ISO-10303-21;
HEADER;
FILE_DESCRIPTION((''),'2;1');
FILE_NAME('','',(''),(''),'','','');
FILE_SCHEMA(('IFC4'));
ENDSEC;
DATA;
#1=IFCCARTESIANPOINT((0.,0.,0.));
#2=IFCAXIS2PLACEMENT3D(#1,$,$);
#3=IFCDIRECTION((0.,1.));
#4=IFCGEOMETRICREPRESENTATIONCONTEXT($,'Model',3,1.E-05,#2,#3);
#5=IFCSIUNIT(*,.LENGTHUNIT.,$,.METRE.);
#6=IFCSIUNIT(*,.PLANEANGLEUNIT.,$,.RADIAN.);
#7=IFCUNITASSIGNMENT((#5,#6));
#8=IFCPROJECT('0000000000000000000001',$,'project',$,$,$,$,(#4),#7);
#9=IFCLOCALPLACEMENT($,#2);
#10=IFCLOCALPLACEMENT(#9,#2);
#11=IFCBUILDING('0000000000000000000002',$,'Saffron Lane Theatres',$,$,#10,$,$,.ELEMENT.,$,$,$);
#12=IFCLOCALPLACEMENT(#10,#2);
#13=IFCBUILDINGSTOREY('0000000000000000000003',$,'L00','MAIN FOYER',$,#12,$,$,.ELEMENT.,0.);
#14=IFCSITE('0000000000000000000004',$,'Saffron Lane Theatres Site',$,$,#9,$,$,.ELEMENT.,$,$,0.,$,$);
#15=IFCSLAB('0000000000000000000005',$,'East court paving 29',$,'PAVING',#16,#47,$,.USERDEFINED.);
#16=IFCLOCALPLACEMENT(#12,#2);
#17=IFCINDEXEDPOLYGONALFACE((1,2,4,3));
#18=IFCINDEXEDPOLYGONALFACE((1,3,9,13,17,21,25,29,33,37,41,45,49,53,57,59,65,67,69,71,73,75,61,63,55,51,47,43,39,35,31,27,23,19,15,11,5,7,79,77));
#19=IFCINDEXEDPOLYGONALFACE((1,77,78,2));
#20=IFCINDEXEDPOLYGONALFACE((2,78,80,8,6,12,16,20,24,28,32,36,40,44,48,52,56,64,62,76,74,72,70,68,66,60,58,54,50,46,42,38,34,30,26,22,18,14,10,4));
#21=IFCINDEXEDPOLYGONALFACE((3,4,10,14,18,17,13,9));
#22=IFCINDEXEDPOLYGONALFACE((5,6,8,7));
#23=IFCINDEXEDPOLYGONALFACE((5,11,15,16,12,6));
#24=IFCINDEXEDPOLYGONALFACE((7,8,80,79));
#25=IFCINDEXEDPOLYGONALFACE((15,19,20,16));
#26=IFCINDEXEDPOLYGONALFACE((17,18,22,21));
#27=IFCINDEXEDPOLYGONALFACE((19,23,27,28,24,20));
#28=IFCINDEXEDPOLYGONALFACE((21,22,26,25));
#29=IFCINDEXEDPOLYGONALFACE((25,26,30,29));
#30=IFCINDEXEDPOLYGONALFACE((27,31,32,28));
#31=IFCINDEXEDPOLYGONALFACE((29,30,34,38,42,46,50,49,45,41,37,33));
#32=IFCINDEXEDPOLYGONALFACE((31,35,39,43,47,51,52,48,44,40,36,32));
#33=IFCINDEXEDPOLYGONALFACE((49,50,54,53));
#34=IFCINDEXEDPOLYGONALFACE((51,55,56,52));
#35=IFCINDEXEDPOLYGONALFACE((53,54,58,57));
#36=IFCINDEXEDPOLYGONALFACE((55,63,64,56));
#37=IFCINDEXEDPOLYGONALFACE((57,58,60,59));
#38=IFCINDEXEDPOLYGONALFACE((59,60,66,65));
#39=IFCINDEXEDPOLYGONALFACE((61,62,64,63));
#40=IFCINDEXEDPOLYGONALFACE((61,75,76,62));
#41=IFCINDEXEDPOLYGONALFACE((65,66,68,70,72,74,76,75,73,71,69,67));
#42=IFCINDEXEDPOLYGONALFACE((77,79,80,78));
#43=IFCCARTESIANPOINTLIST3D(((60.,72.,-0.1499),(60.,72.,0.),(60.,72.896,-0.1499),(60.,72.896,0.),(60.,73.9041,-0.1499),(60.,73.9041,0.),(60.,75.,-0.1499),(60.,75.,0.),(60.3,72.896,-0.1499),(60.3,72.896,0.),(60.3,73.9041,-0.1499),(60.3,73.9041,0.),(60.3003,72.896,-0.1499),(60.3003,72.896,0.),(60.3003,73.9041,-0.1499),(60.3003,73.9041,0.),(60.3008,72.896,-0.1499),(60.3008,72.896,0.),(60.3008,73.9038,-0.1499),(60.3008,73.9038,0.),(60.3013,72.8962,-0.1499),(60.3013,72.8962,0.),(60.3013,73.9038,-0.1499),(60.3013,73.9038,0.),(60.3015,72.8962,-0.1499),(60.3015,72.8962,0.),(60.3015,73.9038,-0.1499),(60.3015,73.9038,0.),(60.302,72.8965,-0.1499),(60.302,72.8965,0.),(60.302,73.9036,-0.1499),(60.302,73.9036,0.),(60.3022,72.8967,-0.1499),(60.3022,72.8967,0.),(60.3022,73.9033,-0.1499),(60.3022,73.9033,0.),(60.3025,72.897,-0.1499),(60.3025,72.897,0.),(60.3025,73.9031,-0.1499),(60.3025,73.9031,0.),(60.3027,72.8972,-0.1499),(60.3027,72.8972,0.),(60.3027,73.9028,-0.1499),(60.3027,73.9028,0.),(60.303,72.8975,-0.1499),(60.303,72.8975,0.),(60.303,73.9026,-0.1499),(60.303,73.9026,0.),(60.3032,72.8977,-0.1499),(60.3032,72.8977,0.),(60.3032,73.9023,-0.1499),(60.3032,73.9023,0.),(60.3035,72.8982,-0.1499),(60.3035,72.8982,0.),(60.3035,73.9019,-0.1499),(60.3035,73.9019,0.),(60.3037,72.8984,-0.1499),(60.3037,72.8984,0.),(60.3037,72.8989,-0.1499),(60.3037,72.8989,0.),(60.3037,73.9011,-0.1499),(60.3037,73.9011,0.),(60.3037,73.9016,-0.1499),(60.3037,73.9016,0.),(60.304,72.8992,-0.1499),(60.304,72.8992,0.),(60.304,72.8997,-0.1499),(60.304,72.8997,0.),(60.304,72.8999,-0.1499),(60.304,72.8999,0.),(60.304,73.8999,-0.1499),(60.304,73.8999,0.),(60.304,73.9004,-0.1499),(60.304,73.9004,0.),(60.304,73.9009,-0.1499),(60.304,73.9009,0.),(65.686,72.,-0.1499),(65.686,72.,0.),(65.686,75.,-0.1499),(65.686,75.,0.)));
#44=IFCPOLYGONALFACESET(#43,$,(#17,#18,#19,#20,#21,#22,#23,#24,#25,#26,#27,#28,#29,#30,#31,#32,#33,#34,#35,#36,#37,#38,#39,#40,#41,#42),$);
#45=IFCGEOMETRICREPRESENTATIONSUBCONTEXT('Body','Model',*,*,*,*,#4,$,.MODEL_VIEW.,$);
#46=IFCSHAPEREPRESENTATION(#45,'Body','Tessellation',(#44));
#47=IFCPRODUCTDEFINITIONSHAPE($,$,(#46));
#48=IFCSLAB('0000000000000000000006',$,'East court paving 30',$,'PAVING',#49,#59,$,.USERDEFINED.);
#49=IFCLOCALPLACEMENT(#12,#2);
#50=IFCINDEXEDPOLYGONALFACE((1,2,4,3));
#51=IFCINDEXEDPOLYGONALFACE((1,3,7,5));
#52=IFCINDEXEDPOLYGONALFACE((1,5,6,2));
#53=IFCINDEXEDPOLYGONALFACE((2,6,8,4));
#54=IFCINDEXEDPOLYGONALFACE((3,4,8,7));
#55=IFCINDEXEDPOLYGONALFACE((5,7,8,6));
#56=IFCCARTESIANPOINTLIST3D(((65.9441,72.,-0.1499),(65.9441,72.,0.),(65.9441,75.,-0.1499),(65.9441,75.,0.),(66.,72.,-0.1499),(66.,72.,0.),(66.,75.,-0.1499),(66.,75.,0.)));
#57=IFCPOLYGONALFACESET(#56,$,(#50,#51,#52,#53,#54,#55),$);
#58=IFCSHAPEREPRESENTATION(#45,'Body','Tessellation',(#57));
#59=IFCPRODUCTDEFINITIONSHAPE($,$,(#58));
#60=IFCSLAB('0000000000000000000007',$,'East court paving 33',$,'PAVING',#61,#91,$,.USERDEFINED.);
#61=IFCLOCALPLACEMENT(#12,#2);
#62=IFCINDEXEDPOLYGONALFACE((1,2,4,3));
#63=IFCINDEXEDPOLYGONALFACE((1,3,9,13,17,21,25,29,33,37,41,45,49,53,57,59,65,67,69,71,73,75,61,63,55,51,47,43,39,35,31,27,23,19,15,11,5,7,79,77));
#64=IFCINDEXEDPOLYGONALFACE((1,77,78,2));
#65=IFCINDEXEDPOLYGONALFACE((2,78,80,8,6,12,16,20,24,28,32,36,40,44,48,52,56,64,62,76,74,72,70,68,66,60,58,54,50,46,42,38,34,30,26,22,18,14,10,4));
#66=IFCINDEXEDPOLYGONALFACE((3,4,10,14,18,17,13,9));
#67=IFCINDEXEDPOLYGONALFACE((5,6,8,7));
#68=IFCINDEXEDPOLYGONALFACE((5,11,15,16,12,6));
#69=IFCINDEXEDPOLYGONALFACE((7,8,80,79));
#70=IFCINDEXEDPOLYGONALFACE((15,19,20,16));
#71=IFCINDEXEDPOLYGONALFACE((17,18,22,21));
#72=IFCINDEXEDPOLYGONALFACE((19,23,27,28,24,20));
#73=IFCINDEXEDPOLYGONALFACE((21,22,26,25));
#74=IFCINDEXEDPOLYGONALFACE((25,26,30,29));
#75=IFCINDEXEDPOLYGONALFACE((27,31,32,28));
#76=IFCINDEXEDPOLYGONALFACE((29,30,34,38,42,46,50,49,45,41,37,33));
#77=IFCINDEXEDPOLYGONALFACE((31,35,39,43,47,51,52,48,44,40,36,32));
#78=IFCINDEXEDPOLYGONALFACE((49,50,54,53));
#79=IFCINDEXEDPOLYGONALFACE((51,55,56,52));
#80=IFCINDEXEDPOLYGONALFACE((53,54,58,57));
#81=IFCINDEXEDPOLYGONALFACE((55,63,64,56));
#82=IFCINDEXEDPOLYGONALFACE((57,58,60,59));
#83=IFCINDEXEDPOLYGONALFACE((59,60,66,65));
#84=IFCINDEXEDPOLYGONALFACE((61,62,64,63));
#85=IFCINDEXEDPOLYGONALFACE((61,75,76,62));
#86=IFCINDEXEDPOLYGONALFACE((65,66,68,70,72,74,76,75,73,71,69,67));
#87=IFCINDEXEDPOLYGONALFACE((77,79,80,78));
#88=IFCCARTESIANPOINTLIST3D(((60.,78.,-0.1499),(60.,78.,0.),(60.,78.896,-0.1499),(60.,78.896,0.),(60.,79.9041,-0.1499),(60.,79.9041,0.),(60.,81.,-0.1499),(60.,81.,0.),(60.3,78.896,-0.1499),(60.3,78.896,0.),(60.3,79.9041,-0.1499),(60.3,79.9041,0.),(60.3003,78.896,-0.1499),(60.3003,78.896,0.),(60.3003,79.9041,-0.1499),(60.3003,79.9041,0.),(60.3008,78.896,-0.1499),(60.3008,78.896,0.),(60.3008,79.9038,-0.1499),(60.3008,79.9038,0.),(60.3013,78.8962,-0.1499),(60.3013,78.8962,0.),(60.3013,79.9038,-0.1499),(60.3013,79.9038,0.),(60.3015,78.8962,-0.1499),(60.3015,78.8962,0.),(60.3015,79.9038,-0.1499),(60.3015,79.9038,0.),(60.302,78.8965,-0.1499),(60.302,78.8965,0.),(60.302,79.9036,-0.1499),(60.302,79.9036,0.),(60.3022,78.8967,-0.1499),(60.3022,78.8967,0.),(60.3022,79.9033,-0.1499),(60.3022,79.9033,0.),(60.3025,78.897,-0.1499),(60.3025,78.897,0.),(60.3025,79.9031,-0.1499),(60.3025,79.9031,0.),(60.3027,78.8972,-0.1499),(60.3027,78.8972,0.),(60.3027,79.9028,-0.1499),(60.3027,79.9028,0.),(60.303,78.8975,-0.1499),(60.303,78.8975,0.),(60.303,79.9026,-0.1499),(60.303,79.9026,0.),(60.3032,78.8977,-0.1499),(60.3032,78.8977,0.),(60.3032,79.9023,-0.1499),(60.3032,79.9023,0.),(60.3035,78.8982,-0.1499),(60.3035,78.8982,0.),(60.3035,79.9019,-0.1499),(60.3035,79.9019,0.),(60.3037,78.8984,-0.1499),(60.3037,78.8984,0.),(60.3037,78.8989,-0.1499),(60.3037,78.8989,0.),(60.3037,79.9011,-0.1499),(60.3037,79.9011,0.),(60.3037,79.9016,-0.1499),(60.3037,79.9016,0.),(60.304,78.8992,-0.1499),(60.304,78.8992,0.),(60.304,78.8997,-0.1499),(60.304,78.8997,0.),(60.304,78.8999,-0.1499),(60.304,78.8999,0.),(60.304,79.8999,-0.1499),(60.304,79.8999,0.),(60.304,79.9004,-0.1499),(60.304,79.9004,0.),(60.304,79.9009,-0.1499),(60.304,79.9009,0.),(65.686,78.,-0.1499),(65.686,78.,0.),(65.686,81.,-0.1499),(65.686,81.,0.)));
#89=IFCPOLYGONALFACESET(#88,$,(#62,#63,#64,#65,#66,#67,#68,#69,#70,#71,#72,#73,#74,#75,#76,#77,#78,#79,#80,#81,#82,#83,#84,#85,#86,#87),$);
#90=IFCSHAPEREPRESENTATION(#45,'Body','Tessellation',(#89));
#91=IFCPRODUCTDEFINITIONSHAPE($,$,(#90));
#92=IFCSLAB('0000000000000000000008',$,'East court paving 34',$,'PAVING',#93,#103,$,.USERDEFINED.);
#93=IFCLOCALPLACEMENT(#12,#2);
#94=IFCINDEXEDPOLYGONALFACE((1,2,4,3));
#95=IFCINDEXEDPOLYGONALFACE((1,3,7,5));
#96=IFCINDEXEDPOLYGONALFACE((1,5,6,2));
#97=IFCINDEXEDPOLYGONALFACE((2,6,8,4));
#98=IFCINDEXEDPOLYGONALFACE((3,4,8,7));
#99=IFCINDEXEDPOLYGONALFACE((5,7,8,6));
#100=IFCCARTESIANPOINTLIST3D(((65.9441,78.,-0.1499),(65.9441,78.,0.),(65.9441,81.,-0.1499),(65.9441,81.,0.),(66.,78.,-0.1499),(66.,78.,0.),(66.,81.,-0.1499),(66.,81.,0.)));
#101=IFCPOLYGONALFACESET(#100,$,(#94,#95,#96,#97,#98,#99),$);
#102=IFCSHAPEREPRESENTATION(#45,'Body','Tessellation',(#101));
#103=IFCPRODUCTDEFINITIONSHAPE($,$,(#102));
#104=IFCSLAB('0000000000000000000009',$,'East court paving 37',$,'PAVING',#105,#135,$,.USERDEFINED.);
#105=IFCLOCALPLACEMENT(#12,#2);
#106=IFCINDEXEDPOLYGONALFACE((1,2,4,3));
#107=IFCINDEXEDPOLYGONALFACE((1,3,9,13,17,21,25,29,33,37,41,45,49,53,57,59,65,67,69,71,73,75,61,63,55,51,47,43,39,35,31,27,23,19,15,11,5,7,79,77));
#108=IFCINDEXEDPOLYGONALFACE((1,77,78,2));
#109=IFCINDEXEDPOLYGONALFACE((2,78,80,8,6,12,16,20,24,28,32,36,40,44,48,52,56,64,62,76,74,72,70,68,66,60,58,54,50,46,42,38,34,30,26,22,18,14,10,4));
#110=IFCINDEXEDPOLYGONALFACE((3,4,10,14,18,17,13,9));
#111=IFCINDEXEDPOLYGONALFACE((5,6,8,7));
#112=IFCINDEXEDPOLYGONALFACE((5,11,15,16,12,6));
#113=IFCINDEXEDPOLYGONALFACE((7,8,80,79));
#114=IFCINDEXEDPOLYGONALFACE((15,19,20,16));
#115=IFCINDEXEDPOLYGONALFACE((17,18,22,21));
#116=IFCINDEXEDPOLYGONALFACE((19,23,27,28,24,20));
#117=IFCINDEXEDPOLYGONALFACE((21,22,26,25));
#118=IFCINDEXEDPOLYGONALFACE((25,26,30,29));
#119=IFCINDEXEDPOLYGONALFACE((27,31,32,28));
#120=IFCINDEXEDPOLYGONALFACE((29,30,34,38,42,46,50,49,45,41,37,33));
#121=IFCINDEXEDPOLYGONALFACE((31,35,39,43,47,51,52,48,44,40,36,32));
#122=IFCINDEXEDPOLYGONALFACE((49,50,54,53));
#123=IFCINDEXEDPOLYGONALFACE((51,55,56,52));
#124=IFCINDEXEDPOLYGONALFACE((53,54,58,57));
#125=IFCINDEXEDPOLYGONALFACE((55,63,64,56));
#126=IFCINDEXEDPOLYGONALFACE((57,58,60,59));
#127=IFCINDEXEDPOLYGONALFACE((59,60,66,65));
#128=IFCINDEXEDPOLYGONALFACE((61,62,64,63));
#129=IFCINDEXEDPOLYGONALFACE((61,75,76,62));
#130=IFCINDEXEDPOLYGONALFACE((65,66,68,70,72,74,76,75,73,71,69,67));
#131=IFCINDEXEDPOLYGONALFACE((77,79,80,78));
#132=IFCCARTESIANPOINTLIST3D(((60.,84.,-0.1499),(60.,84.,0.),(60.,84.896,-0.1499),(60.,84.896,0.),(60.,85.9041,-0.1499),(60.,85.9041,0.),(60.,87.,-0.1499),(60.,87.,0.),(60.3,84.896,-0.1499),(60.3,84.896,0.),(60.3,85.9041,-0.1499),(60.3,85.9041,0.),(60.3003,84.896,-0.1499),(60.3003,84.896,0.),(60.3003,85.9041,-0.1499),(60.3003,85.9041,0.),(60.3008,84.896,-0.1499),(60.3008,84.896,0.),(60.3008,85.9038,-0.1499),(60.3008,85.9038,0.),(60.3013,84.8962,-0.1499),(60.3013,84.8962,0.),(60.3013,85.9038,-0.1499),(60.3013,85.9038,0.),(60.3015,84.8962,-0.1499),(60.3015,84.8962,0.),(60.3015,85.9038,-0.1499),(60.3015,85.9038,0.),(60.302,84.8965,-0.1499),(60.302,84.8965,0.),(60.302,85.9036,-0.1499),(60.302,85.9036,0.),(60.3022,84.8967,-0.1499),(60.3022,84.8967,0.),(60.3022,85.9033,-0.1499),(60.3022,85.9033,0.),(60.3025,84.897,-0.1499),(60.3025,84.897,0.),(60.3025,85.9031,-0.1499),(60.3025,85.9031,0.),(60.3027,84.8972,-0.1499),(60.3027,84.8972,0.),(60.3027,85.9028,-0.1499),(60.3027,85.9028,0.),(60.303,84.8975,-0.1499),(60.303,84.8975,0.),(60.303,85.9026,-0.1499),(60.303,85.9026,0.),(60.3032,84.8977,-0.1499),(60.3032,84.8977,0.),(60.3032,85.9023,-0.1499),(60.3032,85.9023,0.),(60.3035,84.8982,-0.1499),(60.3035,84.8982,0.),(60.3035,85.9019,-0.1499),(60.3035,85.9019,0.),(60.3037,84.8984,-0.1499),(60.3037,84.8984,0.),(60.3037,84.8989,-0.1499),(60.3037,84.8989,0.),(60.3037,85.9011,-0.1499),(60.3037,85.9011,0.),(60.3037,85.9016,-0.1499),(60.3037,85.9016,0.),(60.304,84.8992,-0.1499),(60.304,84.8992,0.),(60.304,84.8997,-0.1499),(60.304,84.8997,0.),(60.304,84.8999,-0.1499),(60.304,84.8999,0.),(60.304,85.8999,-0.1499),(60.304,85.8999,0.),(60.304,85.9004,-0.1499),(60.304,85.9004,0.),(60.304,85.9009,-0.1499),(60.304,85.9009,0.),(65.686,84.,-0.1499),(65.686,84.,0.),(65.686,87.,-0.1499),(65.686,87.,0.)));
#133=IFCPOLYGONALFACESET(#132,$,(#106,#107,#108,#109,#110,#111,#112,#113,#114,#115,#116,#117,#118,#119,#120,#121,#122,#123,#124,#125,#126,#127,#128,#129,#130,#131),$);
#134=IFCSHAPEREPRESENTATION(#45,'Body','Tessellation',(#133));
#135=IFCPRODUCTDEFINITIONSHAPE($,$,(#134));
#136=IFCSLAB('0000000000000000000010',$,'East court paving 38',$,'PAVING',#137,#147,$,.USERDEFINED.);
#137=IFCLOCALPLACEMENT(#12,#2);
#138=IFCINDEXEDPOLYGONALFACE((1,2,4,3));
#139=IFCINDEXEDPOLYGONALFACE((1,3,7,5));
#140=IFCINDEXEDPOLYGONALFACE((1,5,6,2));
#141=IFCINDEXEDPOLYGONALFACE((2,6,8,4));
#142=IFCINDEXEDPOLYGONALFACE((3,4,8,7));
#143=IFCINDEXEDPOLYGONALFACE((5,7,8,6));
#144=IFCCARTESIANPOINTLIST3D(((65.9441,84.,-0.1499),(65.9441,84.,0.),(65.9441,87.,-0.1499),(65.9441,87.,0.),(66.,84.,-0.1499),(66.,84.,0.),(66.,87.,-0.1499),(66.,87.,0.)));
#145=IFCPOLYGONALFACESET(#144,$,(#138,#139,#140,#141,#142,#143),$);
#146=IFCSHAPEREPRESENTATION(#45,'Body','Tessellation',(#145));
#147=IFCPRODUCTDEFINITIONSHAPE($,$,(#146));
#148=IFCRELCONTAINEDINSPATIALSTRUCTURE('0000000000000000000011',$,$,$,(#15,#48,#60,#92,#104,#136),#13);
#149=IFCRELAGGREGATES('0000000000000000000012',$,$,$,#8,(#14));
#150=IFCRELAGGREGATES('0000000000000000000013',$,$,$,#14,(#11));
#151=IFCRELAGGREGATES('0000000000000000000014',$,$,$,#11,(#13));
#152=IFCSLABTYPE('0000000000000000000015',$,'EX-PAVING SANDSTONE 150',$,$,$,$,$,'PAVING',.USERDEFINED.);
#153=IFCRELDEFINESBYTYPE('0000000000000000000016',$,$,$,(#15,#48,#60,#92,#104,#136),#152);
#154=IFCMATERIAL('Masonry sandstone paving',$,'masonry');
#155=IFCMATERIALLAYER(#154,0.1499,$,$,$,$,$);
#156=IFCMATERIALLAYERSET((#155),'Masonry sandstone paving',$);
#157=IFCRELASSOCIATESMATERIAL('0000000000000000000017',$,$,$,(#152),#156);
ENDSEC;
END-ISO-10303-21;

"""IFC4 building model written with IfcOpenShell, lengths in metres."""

from ifc_helpers import new_model, si_unit, direction, frame, origin, place, context, subcontext, project, spatial, polyline, outline, extrude, material, layer, layer_set, type_object, element, save


model = new_model("IFC4")

# Units and contexts
model_context = context("Model", 3, precision=1e-05, world=origin(), true_north=direction((0.0, 1.0)))
body_context = subcontext(model_context, "Body", "Model", "MODEL_VIEW")
ifc_project = project(units=[si_unit("LENGTHUNIT", "METRE"), si_unit("PLANEANGLEUNIT", "RADIAN")], contexts=[model_context])

# Site, building, storey
site_placement = place(None, origin())
site = spatial("IfcSite", under=ifc_project, at=site_placement, Name="Saffron Lane Theatres Site", CompositionType="ELEMENT", RefElevation=0.0)
building_placement = place(site_placement, origin())
building = spatial("IfcBuilding", under=site, at=building_placement, Name="Saffron Lane Theatres", CompositionType="ELEMENT")
storey_placement = place(building_placement, origin())
storey = spatial("IfcBuildingStorey", under=building, at=storey_placement, Name="L00", Description="MAIN FOYER", CompositionType="ELEMENT", Elevation=0.0)

# Slabs
ifc_material_1 = material(Name="Masonry sandstone paving", Category="masonry")
ifc_layer_1 = layer(ifc_material_1, 0.1499)
ifc_layer_set_1 = layer_set([ifc_layer_1], Name="Masonry sandstone paving")
slab_type_1 = type_object("IfcSlabType", Name="EX-PAVING SANDSTONE 150", ElementType="PAVING", PredefinedType="USERDEFINED", material=ifc_layer_set_1)
slab_1_placement = place(storey_placement, frame((0.0, 0.0, -0.1499)))
element("IfcSlab", 1, at=slab_1_placement, inside=storey, type_object=slab_type_1, Name="East court paving 29", ObjectType="PAVING", PredefinedType="USERDEFINED", context=body_context, shape_type="SweptSolid", body=[
    extrude(outline(polyline([(60.0, 72.896), (60.0, 72.0), (65.686, 72.0), (65.686, 75.0), (60.0, 75.0), (60.0, 73.9041), (60.3, 73.9041), (60.3003, 73.9041), (60.3008, 73.9038), (60.3013, 73.9038), (60.3015, 73.9038), (60.302, 73.9036), (60.3022, 73.9033), (60.3025, 73.9031), (60.3027, 73.9028), (60.303, 73.9026), (60.3032, 73.9023), (60.3035, 73.9019), (60.3037, 73.9016), (60.3037, 73.9011), (60.304, 73.9009), (60.304, 73.9004), (60.304, 73.8999), (60.304, 72.8999), (60.304, 72.8997), (60.304, 72.8992), (60.3037, 72.8989), (60.3037, 72.8984), (60.3035, 72.8982), (60.3032, 72.8977), (60.303, 72.8975), (60.3027, 72.8972), (60.3025, 72.897), (60.3022, 72.8967), (60.302, 72.8965), (60.3015, 72.8962), (60.3013, 72.8962), (60.3008, 72.896), (60.3003, 72.896), (60.3, 72.896), (60.0, 72.896)])), origin(), (0.0, 0.0, 1.0), 0.1499),
])
slab_2_placement = place(storey_placement, frame((0.0, 0.0, -0.1499)))
element("IfcSlab", 2, at=slab_2_placement, inside=storey, type_object=slab_type_1, Name="East court paving 30", ObjectType="PAVING", PredefinedType="USERDEFINED", context=body_context, shape_type="SweptSolid", body=[
    extrude(outline(polyline([(66.0, 72.0), (66.0, 75.0), (65.9441, 75.0), (65.9441, 72.0), (66.0, 72.0)])), origin(), (0.0, 0.0, 1.0), 0.1499),
])
slab_3_placement = place(storey_placement, frame((0.0, 0.0, -0.1499)))
element("IfcSlab", 3, at=slab_3_placement, inside=storey, type_object=slab_type_1, Name="East court paving 33", ObjectType="PAVING", PredefinedType="USERDEFINED", context=body_context, shape_type="SweptSolid", body=[
    extrude(outline(polyline([(60.0, 78.896), (60.0, 78.0), (65.686, 78.0), (65.686, 81.0), (60.0, 81.0), (60.0, 79.9041), (60.3, 79.9041), (60.3003, 79.9041), (60.3008, 79.9038), (60.3013, 79.9038), (60.3015, 79.9038), (60.302, 79.9036), (60.3022, 79.9033), (60.3025, 79.9031), (60.3027, 79.9028), (60.303, 79.9026), (60.3032, 79.9023), (60.3035, 79.9019), (60.3037, 79.9016), (60.3037, 79.9011), (60.304, 79.9009), (60.304, 79.9004), (60.304, 79.8999), (60.304, 78.8999), (60.304, 78.8997), (60.304, 78.8992), (60.3037, 78.8989), (60.3037, 78.8984), (60.3035, 78.8982), (60.3032, 78.8977), (60.303, 78.8975), (60.3027, 78.8972), (60.3025, 78.897), (60.3022, 78.8967), (60.302, 78.8965), (60.3015, 78.8962), (60.3013, 78.8962), (60.3008, 78.896), (60.3003, 78.896), (60.3, 78.896), (60.0, 78.896)])), origin(), (0.0, 0.0, 1.0), 0.1499),
])
slab_4_placement = place(storey_placement, frame((0.0, 0.0, -0.1499)))
element("IfcSlab", 4, at=slab_4_placement, inside=storey, type_object=slab_type_1, Name="East court paving 34", ObjectType="PAVING", PredefinedType="USERDEFINED", context=body_context, shape_type="SweptSolid", body=[
    extrude(outline(polyline([(66.0, 78.0), (66.0, 81.0), (65.9441, 81.0), (65.9441, 78.0), (66.0, 78.0)])), origin(), (0.0, 0.0, 1.0), 0.1499),
])
slab_5_placement = place(storey_placement, frame((0.0, 0.0, -0.1499)))
element("IfcSlab", 5, at=slab_5_placement, inside=storey, type_object=slab_type_1, Name="East court paving 37", ObjectType="PAVING", PredefinedType="USERDEFINED", context=body_context, shape_type="SweptSolid", body=[
    extrude(outline(polyline([(60.0, 84.896), (60.0, 84.0), (65.686, 84.0), (65.686, 87.0), (60.0, 87.0), (60.0, 85.9041), (60.3, 85.9041), (60.3003, 85.9041), (60.3008, 85.9038), (60.3013, 85.9038), (60.3015, 85.9038), (60.302, 85.9036), (60.3022, 85.9033), (60.3025, 85.9031), (60.3027, 85.9028), (60.303, 85.9026), (60.3032, 85.9023), (60.3035, 85.9019), (60.3037, 85.9016), (60.3037, 85.9011), (60.304, 85.9009), (60.304, 85.9004), (60.304, 85.8999), (60.304, 84.8999), (60.304, 84.8997), (60.304, 84.8992), (60.3037, 84.8989), (60.3037, 84.8984), (60.3035, 84.8982), (60.3032, 84.8977), (60.303, 84.8975), (60.3027, 84.8972), (60.3025, 84.897), (60.3022, 84.8967), (60.302, 84.8965), (60.3015, 84.8962), (60.3013, 84.8962), (60.3008, 84.896), (60.3003, 84.896), (60.3, 84.896), (60.0, 84.896)])), origin(), (0.0, 0.0, 1.0), 0.1499),
])
slab_6_placement = place(storey_placement, frame((0.0, 0.0, -0.1499)))
element("IfcSlab", 6, at=slab_6_placement, inside=storey, type_object=slab_type_1, Name="East court paving 38", ObjectType="PAVING", PredefinedType="USERDEFINED", context=body_context, shape_type="SweptSolid", body=[
    extrude(outline(polyline([(66.0, 84.0), (66.0, 87.0), (65.9441, 87.0), (65.9441, 84.0), (66.0, 84.0)])), origin(), (0.0, 0.0, 1.0), 0.1499),
])

save(model, "model.ifc")
